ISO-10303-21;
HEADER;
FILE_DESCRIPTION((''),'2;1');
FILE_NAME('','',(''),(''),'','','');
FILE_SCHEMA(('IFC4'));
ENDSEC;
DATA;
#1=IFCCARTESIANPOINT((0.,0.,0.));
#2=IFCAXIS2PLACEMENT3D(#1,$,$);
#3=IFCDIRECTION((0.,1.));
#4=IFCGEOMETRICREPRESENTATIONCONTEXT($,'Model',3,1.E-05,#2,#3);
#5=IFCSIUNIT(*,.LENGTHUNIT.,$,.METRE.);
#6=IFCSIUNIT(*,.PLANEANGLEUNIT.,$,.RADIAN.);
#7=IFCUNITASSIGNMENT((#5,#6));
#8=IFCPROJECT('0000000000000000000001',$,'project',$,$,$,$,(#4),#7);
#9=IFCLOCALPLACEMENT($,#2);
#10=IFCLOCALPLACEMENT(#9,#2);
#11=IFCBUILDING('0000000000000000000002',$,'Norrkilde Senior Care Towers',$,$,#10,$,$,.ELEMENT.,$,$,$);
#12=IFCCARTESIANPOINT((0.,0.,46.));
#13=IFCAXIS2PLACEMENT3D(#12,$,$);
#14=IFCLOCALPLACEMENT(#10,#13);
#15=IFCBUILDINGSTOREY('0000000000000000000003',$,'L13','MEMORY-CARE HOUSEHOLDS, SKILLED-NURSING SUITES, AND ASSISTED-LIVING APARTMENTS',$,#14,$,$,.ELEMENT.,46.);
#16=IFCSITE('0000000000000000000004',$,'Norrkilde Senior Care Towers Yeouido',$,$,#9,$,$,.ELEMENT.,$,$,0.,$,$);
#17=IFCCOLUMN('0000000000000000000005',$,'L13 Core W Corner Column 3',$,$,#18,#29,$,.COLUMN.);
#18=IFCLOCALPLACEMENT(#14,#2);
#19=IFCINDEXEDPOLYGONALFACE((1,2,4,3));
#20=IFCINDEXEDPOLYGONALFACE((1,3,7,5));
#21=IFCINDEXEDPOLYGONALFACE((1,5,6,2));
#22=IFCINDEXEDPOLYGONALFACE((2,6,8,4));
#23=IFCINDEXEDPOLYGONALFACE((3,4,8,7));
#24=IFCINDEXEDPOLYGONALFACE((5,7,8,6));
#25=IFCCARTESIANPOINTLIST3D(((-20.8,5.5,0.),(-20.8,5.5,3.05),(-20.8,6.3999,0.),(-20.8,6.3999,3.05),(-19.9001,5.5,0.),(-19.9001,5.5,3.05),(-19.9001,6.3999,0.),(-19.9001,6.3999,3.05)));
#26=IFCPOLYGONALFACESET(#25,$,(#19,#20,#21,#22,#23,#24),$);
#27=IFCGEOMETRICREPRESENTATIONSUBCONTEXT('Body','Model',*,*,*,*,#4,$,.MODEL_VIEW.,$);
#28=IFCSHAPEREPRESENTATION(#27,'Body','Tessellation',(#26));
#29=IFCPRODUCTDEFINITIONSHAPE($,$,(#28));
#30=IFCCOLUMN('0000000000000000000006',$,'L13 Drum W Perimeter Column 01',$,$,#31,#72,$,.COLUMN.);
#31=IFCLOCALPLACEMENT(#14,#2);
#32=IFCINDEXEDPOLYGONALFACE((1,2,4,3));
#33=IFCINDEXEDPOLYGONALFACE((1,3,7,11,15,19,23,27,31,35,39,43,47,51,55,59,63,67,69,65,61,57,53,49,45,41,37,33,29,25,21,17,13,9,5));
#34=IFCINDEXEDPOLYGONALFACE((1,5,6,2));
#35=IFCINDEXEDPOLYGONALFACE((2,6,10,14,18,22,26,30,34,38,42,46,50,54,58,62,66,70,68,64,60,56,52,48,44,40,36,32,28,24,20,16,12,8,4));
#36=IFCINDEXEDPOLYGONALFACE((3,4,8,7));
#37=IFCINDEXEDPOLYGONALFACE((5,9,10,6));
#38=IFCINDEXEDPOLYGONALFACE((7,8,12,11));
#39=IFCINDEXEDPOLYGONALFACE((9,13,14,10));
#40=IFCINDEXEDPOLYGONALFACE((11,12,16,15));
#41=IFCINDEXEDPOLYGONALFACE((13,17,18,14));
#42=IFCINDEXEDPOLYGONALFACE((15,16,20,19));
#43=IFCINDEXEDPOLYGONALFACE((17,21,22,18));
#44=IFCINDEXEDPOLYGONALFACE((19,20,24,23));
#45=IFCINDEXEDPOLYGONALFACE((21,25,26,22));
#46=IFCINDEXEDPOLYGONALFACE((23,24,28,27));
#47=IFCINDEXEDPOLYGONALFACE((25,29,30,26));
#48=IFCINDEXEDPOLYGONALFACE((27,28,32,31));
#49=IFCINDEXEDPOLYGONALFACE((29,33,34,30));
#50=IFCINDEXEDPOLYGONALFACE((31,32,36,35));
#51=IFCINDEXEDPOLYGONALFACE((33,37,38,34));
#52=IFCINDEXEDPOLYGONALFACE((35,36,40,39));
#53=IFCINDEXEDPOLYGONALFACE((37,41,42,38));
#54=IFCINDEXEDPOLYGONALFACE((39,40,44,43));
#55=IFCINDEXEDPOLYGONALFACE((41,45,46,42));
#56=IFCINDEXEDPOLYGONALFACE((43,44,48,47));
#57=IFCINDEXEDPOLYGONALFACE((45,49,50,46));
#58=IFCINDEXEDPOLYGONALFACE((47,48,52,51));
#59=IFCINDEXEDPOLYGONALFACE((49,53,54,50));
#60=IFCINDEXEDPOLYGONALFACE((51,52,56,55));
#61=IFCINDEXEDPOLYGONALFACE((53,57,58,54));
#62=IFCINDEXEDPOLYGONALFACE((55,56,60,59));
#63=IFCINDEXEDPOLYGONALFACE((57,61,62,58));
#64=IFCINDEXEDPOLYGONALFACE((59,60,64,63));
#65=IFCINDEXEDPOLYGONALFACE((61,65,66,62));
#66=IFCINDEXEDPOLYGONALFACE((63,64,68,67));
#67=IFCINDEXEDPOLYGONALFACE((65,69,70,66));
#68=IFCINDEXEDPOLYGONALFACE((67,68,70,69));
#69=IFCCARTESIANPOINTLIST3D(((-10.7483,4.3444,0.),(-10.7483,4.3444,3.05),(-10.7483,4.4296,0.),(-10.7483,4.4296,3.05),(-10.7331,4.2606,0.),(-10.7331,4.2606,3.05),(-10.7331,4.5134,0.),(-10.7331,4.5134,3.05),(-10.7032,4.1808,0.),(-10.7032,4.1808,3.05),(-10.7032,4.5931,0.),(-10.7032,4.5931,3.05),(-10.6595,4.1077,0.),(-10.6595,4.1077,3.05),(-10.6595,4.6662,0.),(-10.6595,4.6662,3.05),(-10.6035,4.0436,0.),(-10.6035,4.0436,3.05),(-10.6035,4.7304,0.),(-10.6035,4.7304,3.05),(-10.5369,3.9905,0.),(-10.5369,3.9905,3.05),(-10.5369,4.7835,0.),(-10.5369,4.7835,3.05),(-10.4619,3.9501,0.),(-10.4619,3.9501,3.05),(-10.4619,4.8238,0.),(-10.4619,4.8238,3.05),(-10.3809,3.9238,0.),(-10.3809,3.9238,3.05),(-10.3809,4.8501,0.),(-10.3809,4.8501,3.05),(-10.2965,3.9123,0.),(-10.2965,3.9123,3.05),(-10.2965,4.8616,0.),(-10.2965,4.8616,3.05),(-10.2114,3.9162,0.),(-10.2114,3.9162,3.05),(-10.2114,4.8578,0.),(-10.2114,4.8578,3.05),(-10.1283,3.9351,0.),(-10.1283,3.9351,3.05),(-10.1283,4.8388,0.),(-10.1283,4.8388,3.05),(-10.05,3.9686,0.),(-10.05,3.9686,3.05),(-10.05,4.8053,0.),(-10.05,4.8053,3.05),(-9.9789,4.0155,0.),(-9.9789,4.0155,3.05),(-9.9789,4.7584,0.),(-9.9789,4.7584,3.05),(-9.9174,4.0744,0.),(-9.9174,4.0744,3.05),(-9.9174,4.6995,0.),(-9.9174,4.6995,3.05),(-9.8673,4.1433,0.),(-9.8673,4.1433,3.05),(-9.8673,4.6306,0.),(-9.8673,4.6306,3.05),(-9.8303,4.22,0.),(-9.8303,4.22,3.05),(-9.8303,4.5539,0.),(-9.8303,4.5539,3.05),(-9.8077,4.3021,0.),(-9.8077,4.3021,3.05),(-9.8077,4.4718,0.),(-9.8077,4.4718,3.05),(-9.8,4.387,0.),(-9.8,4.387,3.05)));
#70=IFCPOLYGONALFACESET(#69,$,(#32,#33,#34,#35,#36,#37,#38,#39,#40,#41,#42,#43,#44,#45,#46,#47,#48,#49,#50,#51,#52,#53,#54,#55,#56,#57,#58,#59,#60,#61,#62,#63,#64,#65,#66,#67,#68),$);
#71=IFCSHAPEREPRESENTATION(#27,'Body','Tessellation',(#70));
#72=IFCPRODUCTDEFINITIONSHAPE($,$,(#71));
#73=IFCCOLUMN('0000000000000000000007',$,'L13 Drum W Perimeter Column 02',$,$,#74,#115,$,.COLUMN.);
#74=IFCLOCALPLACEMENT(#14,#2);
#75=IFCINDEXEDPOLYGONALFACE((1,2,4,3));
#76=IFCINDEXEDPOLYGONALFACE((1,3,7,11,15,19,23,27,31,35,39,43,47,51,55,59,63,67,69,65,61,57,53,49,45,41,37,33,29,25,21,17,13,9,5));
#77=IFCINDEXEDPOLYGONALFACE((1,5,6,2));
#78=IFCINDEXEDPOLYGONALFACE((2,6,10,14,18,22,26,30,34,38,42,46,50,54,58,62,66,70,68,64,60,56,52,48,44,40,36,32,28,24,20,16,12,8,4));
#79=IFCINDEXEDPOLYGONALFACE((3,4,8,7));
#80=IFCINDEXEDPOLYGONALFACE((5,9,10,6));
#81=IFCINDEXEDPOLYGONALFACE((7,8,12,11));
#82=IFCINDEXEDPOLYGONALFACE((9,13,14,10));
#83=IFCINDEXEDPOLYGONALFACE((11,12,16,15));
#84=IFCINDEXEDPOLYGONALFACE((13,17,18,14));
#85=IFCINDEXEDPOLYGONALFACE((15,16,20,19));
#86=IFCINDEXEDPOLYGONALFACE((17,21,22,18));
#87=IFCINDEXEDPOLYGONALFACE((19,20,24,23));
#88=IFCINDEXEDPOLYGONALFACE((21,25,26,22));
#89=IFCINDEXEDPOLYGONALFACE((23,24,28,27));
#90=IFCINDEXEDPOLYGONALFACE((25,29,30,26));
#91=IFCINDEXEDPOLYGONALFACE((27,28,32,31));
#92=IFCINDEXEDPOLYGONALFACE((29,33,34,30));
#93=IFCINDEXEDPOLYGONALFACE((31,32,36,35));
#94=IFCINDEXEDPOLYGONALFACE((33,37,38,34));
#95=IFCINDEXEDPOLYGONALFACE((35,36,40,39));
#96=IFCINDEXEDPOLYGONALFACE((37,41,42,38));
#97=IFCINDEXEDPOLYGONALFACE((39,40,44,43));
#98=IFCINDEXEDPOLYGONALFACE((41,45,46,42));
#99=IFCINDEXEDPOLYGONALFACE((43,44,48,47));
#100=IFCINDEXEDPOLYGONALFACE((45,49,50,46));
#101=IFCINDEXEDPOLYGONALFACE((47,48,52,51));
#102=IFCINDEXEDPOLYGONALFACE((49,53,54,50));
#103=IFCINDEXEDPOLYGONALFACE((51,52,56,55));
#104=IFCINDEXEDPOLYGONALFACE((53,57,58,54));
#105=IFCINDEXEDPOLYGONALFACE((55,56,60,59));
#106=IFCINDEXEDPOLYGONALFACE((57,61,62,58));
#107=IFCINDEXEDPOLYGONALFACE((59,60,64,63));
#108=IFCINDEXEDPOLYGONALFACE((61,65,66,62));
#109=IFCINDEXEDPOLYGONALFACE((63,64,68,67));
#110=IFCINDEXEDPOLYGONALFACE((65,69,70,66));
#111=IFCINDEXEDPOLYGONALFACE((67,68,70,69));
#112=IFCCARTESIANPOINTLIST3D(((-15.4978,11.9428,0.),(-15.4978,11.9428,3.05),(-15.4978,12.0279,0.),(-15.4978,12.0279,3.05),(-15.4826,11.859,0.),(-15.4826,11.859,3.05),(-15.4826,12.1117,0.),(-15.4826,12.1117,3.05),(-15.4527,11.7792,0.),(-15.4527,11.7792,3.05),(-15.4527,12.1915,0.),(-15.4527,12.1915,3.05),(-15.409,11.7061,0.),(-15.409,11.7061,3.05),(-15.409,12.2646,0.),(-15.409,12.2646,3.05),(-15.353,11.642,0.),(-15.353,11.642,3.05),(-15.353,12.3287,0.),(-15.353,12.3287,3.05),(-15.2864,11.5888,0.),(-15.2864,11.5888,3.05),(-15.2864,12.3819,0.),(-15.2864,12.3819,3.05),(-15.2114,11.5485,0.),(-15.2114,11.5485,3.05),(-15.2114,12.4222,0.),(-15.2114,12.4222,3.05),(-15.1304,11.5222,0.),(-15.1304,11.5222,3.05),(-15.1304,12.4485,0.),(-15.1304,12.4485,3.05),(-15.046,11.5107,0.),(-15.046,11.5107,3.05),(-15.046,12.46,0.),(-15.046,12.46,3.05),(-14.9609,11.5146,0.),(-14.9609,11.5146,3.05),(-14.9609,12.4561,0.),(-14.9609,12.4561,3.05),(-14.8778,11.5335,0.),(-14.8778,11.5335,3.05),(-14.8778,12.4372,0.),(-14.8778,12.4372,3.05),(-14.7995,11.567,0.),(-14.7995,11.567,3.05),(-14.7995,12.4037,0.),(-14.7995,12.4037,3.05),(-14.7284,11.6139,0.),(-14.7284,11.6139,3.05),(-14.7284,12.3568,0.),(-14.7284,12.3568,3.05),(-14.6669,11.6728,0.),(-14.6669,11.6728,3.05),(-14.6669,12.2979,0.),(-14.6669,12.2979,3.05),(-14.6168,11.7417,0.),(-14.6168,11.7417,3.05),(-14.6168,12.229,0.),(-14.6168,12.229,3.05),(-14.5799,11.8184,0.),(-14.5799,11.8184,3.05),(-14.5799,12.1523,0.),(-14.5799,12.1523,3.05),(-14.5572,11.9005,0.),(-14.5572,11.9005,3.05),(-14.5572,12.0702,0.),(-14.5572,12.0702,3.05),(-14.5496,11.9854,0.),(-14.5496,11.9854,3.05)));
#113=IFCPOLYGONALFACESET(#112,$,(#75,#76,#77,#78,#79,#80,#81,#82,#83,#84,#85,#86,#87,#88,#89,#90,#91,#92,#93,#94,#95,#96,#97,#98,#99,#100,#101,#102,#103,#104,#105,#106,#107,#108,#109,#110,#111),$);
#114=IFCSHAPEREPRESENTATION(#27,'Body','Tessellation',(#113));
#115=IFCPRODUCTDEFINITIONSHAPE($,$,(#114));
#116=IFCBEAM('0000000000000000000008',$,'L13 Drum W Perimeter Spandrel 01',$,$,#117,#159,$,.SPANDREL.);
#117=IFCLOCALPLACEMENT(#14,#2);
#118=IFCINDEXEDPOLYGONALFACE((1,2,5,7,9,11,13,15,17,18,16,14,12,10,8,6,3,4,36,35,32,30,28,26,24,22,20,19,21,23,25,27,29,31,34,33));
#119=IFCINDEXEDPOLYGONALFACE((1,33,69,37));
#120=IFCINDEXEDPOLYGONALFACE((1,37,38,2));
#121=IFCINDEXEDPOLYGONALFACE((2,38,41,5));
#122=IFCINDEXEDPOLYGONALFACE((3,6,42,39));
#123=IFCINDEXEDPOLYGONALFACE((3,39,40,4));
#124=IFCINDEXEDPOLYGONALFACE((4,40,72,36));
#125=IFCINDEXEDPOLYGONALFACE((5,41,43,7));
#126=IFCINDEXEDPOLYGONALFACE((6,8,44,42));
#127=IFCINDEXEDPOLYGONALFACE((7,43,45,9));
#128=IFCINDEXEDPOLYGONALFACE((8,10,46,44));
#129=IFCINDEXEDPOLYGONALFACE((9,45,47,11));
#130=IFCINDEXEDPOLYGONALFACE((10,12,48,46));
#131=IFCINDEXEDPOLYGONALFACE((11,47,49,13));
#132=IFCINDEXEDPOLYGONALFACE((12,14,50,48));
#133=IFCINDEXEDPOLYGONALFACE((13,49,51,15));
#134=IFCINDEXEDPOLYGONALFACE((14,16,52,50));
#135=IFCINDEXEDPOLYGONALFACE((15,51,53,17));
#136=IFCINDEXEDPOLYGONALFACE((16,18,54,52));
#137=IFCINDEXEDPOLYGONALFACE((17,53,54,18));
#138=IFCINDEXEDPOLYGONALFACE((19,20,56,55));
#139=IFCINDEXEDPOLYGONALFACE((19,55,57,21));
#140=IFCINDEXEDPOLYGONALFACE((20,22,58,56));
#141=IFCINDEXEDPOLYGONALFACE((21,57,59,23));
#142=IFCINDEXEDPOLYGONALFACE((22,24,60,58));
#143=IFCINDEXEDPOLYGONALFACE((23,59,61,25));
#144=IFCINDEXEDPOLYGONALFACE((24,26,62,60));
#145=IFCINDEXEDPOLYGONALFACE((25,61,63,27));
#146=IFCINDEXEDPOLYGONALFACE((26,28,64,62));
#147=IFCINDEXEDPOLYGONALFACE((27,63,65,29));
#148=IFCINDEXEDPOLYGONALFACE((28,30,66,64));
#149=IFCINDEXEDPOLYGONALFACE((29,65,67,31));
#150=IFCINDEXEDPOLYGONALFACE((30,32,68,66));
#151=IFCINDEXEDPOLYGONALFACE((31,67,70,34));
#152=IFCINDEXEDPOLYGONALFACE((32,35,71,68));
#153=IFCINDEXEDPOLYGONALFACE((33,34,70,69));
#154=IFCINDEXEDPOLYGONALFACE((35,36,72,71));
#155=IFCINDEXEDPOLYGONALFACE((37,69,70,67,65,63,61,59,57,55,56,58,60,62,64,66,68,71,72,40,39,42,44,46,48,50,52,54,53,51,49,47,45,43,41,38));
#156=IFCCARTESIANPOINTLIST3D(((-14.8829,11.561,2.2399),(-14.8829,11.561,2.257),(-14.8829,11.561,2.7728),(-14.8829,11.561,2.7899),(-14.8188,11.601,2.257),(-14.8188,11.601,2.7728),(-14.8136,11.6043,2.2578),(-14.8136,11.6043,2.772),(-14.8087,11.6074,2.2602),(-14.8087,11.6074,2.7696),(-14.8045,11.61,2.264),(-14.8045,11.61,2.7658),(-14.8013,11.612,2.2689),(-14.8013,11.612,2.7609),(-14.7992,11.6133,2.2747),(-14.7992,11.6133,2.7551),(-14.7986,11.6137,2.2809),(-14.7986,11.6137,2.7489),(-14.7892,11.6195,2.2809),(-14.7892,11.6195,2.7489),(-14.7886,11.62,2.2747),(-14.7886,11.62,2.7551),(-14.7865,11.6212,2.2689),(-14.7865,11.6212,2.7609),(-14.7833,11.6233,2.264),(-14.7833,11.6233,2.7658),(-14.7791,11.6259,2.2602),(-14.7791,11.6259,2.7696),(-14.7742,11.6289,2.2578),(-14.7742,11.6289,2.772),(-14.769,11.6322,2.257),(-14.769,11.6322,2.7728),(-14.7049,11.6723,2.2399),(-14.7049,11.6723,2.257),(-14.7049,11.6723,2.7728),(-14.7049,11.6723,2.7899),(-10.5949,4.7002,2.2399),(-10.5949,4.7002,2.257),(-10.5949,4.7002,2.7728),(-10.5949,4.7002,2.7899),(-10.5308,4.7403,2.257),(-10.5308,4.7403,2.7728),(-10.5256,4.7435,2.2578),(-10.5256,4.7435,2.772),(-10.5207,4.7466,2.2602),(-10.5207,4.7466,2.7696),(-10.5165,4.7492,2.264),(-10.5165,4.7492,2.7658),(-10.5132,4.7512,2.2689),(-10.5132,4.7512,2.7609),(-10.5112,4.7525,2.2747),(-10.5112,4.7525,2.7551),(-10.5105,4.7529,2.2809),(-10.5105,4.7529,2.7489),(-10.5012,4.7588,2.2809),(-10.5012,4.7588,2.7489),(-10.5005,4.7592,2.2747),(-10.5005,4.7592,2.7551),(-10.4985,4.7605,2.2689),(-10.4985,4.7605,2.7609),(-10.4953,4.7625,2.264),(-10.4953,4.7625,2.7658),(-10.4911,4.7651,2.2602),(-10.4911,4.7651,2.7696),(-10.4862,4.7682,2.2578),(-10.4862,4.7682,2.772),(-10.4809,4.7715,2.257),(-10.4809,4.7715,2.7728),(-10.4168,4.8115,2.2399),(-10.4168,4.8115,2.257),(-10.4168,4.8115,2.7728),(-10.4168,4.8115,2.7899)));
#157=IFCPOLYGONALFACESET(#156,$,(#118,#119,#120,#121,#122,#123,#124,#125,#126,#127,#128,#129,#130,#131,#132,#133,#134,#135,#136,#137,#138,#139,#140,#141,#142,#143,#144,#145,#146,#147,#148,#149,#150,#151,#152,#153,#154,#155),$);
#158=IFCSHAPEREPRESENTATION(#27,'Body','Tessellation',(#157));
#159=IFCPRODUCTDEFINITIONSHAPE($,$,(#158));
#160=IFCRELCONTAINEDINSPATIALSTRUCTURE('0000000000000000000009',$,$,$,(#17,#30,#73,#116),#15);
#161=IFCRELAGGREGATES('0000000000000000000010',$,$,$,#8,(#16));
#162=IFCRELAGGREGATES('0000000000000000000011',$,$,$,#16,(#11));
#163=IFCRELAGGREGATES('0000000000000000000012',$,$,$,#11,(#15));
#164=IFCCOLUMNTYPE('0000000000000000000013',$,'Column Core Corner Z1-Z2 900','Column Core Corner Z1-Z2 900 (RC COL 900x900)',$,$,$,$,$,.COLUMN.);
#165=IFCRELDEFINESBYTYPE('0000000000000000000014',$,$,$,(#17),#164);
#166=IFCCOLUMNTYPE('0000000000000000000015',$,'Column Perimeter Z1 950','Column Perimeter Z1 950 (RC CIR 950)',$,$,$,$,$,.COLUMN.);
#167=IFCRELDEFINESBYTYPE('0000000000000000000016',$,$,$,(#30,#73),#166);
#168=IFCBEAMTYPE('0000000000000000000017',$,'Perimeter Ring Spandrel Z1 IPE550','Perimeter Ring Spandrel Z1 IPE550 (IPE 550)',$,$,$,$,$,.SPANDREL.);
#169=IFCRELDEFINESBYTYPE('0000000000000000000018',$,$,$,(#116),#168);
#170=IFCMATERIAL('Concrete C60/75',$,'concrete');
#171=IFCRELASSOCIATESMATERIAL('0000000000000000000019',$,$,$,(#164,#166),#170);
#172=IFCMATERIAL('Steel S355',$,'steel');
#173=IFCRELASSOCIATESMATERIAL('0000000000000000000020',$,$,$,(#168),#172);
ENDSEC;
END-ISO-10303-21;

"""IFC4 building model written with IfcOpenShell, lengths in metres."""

from ifc_helpers import new_model, si_unit, direction, frame, origin, origin_2d, place, context, subcontext, project, spatial, rectangle, circle, i_section, extrude, source, transform, mapped, material, material_profile, profile_set, type_object, type_shapes, element, save


model = new_model("IFC4")

# Units and contexts
model_context = context("Model", 3, precision=1e-05, world=origin(), true_north=direction((0.0, 1.0)))
body_context = subcontext(model_context, "Body", "Model", "MODEL_VIEW")
ifc_project = project(units=[si_unit("LENGTHUNIT", "METRE"), si_unit("PLANEANGLEUNIT", "RADIAN")], contexts=[model_context])

# Site, building, storey
site_placement = place(None, origin())
site = spatial("IfcSite", under=ifc_project, at=site_placement, Name="Norrkilde Senior Care Towers Yeouido", CompositionType="ELEMENT", RefElevation=0.0)
building_placement = place(site_placement, origin())
building = spatial("IfcBuilding", under=site, at=building_placement, Name="Norrkilde Senior Care Towers", CompositionType="ELEMENT")
storey_placement = place(building_placement, frame((0.0, 0.0, 46.0)))
storey = spatial("IfcBuildingStorey", under=building, at=storey_placement, Name="L13", Description="MEMORY-CARE HOUSEHOLDS, SKILLED-NURSING SUITES, AND ASSISTED-LIVING APARTMENTS", CompositionType="ELEMENT", Elevation=46.0)

# Columns
ifc_material_1 = material(Name="Concrete C60/75", Category="concrete")
ifc_material_profile_1 = material_profile(ifc_material_1, rectangle(XDim=0.8999, YDim=0.8999, at=origin_2d()), Name="RC COL 900x900")
ifc_profile_set_1 = profile_set([ifc_material_profile_1], Name="Concrete C60/75")
column_type_1 = type_object("IfcColumnType", Name="Column Core Corner Z1-Z2 900", Description="Column Core Corner Z1-Z2 900 (RC COL 900x900)", PredefinedType="COLUMN", material=ifc_profile_set_1)
shared_shape_1 = source(origin(), body_context, "Body", "SweptSolid", [
    extrude(rectangle(XDim=0.8999, YDim=0.8999, at=origin_2d()), origin(), (0.0, 0.0, 1.0), 3.05),
])
type_shapes(column_type_1, [shared_shape_1])
column_placement = place(storey_placement, frame((-20.3501, 5.95, 0.0), z_axis=(0.0, 0.0, 1.0), x_axis=(1.0, 0.0, 0.0)))
element("IfcColumn", 1, at=column_placement, inside=storey, type_object=column_type_1, Name="L13 Core W Corner Column 3", PredefinedType="COLUMN", context=body_context, shape_type="MappedRepresentation", body=[
    mapped(shared_shape_1, transform((0.0, 0.0, 0.0), x_axis=(1.0, 0.0, 0.0), y_axis=(0.0, 1.0, 0.0), z_axis=(0.0, 0.0, 1.0), scale=1.0)),
])
ifc_material_profile_2 = material_profile(ifc_material_1, circle(Radius=0.4751, at=origin_2d()), Name="RC CIR 950")
ifc_profile_set_2 = profile_set([ifc_material_profile_2], Name="Concrete C60/75")
column_type_2 = type_object("IfcColumnType", Name="Column Perimeter Z1 950", Description="Column Perimeter Z1 950 (RC CIR 950)", PredefinedType="COLUMN", material=ifc_profile_set_2)
shared_shape_2 = source(origin(), body_context, "Body", "SweptSolid", [
    extrude(circle(Radius=0.4751, at=origin_2d()), origin(), (0.0, 0.0, 1.0), 3.05),
])
type_shapes(column_type_2, [shared_shape_2])
for number, where, z_axis, x_axis, name in (
    (2, (-10.2751, 4.387, 0.0), (0.0, 0.0, 1.0), (1.0, 0.0, 0.0), "L13 Drum W Perimeter Column 01"),
    (3, (-15.0247, 11.9854, 0.0), (0.0, 0.0, 1.0), (1.0, 0.0, 0.0), "L13 Drum W Perimeter Column 02"),
):
    element("IfcColumn", number, at=place(storey_placement, frame(where, z_axis=z_axis, x_axis=x_axis)), inside=storey, type_object=column_type_2, Name=name, PredefinedType="COLUMN", context=body_context, shape_type="MappedRepresentation", body=[
        mapped(shared_shape_2, transform((0.0, 0.0, 0.0), x_axis=(1.0, 0.0, 0.0), y_axis=(0.0, 1.0, 0.0), z_axis=(0.0, 0.0, 1.0), scale=1.0)),
    ])

# Beam
ifc_material_2 = material(Name="Steel S355", Category="steel")
ifc_material_profile_3 = material_profile(ifc_material_2, i_section(OverallWidth=0.21, OverallDepth=0.55, WebThickness=0.011, FlangeThickness=0.0171, FilletRadius=0.0239, at=origin_2d()), Name="IPE 550")
ifc_profile_set_3 = profile_set([ifc_material_profile_3], Name="Steel S355")
beam_type_1 = type_object("IfcBeamType", Name="Perimeter Ring Spandrel Z1 IPE550", Description="Perimeter Ring Spandrel Z1 IPE550 (IPE 550)", PredefinedType="SPANDREL", material=ifc_profile_set_3)
shared_shape_3 = source(origin(), body_context, "Body", "SweptSolid", [
    extrude(i_section(OverallWidth=0.21, OverallDepth=0.55, WebThickness=0.011, FlangeThickness=0.0171, FilletRadius=0.0239, at=origin_2d()), origin(), (0.0, 0.0, 1.0), 8.0906),
])
beam_1_placement = place(storey_placement, frame((-10.5059, 4.7559, 2.5149), z_axis=(-0.530004, 0.847995, 0.0), x_axis=(-0.847995, -0.530004, 0.0)))
element("IfcBeam", 4, at=beam_1_placement, inside=storey, type_object=beam_type_1, Name="L13 Drum W Perimeter Spandrel 01", PredefinedType="SPANDREL", context=body_context, shape_type="MappedRepresentation", body=[
    mapped(shared_shape_3, transform((0.0, 0.0, 0.0), x_axis=(1.0, 0.0, 0.0), y_axis=(0.0, 1.0, 0.0), z_axis=(0.0, 0.0, 1.0), scale=1.0)),
])

save(model, "model.ifc")
